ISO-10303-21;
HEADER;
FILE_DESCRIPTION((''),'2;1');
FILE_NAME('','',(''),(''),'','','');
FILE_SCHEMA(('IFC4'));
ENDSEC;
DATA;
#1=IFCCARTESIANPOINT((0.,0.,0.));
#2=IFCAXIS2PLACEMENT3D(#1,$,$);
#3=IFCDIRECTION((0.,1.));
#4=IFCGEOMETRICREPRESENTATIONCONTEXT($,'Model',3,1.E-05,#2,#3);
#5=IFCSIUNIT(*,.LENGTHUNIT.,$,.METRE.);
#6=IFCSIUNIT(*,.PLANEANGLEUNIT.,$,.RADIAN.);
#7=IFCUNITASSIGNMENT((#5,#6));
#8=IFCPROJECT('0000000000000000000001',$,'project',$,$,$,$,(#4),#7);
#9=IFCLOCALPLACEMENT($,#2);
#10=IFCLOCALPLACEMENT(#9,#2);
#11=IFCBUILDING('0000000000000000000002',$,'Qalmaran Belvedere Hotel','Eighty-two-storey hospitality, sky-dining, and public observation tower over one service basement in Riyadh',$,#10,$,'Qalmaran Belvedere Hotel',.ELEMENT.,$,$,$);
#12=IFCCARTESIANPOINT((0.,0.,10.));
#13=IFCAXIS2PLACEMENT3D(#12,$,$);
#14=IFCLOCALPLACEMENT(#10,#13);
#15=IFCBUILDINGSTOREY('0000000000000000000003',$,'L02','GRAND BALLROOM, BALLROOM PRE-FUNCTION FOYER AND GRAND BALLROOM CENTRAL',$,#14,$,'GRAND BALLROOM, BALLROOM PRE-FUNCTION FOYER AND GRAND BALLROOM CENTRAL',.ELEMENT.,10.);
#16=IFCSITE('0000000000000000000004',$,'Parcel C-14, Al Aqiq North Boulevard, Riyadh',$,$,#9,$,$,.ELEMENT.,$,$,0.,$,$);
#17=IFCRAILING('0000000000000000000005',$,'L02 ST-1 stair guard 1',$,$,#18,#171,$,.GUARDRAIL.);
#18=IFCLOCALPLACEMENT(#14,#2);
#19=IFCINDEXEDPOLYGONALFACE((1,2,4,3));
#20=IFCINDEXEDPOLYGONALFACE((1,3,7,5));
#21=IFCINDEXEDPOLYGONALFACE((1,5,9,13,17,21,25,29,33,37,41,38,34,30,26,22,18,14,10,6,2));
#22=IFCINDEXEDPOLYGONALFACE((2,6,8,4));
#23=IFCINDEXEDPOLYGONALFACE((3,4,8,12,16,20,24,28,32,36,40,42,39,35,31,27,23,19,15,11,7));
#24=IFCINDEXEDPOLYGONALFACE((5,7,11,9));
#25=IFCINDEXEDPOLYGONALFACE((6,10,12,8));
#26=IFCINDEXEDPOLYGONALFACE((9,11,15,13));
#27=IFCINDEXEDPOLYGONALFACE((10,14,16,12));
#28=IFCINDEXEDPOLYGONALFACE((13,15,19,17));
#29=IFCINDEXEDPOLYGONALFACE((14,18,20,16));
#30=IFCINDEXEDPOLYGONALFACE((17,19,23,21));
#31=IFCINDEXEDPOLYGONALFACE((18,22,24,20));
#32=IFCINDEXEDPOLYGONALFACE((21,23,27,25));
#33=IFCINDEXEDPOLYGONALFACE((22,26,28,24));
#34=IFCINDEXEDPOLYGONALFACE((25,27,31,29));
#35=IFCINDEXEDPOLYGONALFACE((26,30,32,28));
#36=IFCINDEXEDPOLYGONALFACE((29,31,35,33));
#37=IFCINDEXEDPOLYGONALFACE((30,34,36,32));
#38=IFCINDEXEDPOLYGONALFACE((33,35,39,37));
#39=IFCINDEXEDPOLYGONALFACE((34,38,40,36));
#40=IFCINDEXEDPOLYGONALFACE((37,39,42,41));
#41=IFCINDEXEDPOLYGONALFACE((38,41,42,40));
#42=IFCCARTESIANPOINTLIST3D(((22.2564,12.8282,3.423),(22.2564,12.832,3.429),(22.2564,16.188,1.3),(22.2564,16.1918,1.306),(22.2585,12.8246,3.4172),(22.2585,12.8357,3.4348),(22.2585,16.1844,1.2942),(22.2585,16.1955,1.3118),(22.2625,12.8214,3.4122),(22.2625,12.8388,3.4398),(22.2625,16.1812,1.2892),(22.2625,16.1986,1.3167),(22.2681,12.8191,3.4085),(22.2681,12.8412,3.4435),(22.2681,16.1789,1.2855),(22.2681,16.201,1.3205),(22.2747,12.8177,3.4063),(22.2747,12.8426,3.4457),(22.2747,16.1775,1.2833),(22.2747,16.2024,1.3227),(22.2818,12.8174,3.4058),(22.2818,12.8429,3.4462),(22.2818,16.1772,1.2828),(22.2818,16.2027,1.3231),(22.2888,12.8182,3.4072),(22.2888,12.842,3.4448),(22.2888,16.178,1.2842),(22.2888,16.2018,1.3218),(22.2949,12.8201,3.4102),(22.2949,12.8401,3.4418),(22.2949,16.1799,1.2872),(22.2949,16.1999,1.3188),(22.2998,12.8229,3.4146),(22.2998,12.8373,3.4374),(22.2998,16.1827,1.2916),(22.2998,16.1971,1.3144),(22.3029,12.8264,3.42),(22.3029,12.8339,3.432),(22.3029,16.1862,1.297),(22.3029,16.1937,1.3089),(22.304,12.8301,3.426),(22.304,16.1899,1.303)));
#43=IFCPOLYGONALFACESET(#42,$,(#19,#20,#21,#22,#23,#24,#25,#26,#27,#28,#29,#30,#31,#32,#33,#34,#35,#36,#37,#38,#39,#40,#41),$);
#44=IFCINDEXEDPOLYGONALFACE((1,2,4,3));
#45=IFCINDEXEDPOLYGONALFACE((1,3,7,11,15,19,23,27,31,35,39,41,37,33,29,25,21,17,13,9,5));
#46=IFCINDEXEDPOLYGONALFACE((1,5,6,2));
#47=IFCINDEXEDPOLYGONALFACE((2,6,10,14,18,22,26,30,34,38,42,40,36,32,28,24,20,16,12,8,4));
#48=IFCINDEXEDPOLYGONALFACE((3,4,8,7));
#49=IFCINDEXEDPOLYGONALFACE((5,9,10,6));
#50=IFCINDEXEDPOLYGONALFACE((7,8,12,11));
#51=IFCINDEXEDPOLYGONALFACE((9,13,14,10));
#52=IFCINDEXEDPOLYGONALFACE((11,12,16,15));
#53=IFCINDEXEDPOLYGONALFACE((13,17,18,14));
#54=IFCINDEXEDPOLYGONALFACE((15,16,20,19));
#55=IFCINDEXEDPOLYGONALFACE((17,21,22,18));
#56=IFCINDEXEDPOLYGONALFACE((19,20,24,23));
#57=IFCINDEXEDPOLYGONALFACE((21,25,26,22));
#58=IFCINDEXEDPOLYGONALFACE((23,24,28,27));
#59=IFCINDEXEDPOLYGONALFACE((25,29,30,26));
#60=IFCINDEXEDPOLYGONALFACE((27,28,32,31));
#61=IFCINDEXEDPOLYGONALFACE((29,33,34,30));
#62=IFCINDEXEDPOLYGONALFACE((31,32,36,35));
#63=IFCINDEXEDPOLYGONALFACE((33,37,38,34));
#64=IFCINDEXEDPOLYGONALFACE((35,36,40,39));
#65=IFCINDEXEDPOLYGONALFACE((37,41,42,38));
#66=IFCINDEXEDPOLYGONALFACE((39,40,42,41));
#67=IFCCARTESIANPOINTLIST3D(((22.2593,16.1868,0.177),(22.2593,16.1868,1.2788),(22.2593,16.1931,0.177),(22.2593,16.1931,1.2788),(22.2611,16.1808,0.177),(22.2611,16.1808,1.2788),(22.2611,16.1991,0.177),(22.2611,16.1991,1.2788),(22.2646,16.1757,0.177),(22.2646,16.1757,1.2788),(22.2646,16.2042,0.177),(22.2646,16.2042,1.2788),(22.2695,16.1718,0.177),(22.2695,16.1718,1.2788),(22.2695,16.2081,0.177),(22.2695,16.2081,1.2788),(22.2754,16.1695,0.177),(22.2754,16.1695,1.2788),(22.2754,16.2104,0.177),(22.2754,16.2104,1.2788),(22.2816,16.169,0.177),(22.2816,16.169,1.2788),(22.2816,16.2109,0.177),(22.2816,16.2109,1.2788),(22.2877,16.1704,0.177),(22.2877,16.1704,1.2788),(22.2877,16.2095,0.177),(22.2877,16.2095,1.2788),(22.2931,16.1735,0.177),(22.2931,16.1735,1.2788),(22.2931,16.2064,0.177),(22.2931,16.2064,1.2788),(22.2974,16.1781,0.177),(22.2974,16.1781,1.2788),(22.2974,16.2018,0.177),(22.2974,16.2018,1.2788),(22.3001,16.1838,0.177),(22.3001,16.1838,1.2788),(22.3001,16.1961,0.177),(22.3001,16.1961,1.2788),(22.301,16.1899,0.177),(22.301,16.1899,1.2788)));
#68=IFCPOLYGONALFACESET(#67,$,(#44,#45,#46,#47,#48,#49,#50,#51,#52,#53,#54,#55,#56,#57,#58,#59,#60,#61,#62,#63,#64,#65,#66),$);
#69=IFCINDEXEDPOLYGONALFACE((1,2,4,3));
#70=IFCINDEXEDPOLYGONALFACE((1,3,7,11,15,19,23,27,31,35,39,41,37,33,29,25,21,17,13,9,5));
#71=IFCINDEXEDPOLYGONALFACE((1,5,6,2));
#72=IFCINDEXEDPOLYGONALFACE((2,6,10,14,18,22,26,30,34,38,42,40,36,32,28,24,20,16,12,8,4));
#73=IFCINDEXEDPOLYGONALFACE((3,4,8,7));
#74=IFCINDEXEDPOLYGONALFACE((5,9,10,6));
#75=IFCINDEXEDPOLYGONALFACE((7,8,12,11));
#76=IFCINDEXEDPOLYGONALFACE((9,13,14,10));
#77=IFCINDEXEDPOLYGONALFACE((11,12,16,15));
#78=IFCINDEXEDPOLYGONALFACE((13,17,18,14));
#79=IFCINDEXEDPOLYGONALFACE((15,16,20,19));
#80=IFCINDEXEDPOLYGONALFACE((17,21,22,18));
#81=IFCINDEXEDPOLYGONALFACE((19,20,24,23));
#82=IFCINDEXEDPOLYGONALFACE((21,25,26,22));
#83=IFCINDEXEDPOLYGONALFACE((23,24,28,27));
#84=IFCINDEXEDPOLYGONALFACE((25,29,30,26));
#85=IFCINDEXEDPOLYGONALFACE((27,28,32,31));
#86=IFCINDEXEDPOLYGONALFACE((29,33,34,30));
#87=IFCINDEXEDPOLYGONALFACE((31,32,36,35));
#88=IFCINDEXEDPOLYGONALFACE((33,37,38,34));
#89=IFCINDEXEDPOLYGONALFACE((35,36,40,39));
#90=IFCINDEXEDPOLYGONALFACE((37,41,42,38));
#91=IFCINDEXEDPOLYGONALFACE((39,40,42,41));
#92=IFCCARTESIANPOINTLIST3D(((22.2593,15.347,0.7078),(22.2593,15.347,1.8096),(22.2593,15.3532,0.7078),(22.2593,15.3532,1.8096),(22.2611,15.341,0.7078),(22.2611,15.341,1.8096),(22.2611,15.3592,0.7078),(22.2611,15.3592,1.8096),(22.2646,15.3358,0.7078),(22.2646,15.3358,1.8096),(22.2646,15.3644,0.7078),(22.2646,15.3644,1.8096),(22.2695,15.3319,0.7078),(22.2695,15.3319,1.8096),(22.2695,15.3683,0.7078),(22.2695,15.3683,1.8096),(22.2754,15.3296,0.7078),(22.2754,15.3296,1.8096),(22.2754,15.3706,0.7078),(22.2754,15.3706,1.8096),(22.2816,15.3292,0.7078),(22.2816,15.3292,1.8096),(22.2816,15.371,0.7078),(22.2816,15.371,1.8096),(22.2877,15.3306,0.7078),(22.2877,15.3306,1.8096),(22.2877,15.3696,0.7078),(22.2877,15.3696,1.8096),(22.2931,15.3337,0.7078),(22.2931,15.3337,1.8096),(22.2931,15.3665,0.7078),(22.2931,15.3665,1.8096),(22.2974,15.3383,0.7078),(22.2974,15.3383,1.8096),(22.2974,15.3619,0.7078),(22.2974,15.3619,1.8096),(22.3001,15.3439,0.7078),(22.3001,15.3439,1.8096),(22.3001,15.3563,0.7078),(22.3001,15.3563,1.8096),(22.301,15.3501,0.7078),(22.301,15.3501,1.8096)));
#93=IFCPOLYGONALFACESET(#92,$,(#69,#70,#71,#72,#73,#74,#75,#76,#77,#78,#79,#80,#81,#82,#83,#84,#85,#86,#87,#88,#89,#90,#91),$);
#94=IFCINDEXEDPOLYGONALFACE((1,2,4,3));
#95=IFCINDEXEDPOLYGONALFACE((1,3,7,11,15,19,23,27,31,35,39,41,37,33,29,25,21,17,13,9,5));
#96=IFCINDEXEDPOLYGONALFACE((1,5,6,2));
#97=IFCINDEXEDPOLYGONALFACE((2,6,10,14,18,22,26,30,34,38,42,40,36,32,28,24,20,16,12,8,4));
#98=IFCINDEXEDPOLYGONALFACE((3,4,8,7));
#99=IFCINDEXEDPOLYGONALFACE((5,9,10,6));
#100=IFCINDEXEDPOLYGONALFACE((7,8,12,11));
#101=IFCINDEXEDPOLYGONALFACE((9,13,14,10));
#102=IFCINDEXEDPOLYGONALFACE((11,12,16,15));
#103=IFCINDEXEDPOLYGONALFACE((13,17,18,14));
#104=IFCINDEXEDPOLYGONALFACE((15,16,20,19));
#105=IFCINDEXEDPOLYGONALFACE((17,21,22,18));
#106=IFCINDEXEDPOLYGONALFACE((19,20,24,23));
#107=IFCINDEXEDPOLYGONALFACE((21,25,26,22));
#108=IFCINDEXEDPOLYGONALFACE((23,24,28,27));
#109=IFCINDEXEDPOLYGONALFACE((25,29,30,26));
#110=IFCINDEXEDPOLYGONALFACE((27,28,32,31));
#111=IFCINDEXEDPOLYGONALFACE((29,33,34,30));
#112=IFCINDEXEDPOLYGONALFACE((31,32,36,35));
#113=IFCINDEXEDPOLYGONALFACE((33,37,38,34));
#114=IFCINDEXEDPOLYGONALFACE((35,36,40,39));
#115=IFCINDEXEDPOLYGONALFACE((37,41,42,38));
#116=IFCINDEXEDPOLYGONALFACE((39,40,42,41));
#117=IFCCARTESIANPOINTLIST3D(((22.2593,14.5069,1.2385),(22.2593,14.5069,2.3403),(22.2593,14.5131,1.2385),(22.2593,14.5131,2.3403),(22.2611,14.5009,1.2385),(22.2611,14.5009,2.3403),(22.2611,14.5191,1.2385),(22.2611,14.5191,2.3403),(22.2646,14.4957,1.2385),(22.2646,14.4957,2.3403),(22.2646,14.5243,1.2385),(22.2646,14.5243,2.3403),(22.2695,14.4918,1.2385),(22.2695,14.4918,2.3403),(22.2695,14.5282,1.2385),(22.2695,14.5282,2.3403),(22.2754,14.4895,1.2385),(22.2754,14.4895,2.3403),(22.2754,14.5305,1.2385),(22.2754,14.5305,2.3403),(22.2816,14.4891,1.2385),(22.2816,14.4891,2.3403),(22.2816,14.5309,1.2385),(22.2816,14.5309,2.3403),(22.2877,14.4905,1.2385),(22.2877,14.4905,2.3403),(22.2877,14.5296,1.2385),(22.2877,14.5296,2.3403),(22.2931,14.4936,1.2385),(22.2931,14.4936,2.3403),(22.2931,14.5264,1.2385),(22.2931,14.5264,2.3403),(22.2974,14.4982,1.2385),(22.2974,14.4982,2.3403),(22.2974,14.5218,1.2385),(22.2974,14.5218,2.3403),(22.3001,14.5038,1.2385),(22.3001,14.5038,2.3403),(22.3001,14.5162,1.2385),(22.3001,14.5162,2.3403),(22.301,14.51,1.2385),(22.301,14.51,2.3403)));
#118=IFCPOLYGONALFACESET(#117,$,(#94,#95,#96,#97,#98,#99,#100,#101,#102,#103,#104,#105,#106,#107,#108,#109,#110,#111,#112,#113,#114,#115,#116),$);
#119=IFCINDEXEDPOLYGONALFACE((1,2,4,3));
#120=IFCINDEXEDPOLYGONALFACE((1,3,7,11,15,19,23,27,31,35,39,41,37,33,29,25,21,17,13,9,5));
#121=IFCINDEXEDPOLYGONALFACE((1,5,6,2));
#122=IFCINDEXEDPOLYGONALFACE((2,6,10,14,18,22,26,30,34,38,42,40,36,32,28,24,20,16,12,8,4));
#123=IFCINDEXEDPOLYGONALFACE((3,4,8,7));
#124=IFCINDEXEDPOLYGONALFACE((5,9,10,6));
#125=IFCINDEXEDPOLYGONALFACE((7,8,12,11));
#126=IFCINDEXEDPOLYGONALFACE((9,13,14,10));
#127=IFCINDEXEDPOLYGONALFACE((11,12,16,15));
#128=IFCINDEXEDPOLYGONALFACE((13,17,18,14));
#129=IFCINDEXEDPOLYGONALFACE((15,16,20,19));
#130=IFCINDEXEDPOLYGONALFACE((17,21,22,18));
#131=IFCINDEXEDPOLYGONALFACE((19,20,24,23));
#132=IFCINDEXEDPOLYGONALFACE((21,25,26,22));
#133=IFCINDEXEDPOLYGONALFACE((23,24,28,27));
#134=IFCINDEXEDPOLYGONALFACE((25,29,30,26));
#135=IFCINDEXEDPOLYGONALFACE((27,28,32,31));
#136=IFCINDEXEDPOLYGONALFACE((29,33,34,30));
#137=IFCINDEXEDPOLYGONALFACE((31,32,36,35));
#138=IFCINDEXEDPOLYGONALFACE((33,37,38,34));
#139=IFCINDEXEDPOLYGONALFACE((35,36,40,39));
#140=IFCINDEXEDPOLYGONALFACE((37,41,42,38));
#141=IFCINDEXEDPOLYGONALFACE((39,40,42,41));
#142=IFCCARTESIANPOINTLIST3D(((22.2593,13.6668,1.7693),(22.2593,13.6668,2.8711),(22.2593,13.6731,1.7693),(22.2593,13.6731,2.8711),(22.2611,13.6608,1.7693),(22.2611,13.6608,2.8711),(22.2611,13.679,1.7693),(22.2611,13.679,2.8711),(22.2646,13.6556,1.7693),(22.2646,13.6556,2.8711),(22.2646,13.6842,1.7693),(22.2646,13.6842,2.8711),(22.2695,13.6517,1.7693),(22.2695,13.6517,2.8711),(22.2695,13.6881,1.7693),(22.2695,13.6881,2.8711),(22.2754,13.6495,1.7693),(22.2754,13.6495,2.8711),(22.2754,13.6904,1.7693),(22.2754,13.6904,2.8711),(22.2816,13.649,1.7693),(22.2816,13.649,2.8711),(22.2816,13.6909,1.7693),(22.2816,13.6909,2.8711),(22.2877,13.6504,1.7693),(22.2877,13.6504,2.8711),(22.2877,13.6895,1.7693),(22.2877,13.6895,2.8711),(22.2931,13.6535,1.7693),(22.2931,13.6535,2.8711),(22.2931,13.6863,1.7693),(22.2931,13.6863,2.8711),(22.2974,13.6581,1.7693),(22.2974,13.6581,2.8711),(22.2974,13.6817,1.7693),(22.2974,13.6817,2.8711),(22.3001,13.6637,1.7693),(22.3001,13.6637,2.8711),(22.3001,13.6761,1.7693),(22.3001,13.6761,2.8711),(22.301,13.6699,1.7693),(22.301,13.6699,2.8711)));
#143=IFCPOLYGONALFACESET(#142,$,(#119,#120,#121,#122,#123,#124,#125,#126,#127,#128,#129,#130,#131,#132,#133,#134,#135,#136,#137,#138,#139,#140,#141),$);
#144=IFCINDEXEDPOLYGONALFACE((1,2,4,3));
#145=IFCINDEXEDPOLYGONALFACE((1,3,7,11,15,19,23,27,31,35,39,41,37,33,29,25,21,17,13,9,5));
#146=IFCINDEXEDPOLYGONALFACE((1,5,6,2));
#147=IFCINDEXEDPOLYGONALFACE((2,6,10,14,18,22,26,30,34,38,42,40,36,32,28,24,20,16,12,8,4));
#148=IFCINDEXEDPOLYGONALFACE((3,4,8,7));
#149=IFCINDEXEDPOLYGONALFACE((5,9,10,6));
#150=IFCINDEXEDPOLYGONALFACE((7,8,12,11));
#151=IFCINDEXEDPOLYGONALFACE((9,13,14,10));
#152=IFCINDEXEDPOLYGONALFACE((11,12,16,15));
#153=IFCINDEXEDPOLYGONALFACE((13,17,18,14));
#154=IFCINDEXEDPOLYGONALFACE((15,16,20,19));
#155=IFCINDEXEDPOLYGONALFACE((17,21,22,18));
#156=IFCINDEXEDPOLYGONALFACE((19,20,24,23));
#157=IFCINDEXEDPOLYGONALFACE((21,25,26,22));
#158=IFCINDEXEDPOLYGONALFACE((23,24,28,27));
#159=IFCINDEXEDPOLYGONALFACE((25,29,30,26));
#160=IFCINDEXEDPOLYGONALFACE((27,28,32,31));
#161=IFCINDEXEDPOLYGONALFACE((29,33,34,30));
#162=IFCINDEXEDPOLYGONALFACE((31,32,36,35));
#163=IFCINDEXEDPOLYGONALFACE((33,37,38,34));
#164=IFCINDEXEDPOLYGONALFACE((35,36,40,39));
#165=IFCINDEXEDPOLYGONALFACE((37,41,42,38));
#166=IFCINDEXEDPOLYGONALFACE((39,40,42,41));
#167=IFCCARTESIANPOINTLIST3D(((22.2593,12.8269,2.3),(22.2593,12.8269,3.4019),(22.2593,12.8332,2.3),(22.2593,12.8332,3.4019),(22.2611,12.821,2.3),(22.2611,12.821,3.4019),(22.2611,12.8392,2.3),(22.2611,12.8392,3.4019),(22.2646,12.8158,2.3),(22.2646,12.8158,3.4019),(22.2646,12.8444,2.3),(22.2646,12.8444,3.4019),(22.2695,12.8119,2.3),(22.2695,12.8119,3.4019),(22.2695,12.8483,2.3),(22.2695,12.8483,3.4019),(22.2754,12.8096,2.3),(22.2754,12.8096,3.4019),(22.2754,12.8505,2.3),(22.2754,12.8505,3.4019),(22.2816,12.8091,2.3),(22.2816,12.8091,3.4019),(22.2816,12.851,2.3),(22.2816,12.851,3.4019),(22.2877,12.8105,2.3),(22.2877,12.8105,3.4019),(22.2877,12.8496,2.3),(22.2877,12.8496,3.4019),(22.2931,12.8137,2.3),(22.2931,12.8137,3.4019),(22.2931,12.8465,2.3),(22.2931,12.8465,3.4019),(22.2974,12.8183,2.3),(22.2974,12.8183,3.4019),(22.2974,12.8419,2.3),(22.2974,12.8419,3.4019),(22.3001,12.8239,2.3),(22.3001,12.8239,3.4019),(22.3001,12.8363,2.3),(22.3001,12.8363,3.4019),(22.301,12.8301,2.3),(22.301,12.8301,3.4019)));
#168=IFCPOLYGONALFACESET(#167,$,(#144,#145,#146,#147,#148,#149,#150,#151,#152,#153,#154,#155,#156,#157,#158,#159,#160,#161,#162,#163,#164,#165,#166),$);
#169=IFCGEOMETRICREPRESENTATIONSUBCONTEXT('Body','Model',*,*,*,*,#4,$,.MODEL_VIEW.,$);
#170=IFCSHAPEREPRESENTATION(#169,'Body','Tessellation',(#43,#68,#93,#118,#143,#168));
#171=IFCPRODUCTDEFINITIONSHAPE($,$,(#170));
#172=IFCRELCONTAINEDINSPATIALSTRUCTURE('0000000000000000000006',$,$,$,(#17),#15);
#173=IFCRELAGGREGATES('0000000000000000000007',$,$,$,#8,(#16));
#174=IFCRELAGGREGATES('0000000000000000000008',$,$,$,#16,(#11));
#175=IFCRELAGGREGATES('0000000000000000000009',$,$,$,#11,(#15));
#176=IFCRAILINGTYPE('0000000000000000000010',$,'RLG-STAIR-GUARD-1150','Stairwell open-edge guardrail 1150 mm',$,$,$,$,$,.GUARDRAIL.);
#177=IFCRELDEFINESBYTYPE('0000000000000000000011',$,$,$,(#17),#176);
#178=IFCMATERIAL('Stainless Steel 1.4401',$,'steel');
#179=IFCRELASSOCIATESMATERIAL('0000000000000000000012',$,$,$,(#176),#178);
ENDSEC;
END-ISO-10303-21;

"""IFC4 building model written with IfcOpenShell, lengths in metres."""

from ifc_helpers import new_model, si_unit, direction, frame, origin, origin_2d, place, context, subcontext, project, spatial, circle, extrude, material, type_object, element, save


model = new_model("IFC4")

# Units and contexts
model_context = context("Model", 3, precision=1e-05, world=origin(), true_north=direction((0.0, 1.0)))
body_context = subcontext(model_context, "Body", "Model", "MODEL_VIEW")
ifc_project = project(units=[si_unit("LENGTHUNIT", "METRE"), si_unit("PLANEANGLEUNIT", "RADIAN")], contexts=[model_context])

# Site, building, storey
site_placement = place(None, origin())
site = spatial("IfcSite", under=ifc_project, at=site_placement, Name="Parcel C-14, Al Aqiq North Boulevard, Riyadh", CompositionType="ELEMENT", RefElevation=0.0)
building_placement = place(site_placement, origin())
building = spatial("IfcBuilding", under=site, at=building_placement, Name="Qalmaran Belvedere Hotel", Description="Eighty-two-storey hospitality, sky-dining, and public observation tower over one service basement in Riyadh", LongName="Qalmaran Belvedere Hotel", CompositionType="ELEMENT")
storey_placement = place(building_placement, frame((0.0, 0.0, 10.0)))
storey = spatial("IfcBuildingStorey", under=building, at=storey_placement, Name="L02", Description="GRAND BALLROOM, BALLROOM PRE-FUNCTION FOYER AND GRAND BALLROOM CENTRAL", LongName="GRAND BALLROOM, BALLROOM PRE-FUNCTION FOYER AND GRAND BALLROOM CENTRAL", CompositionType="ELEMENT", Elevation=10.0)

# Shared definitions
ifc_material_1 = material(Name="Stainless Steel 1.4401", Category="steel")

# Railing
railing_type_1 = type_object("IfcRailingType", Name="RLG-STAIR-GUARD-1150", Description="Stairwell open-edge guardrail 1150 mm", PredefinedType="GUARDRAIL", material=ifc_material_1)
railing_1_placement = place(storey_placement, frame((22.28, 16.1899, 0.177)))
element("IfcRailing", 1, at=railing_1_placement, inside=storey, type_object=railing_type_1, Name="L02 ST-1 stair guard 1", PredefinedType="GUARDRAIL", context=body_context, shape_type="SweptSolid", body=[
    extrude(circle(Radius=0.0239, at=origin_2d()), frame((0.0, 0.0, 1.126), z_axis=(0.0, -0.845372, 0.534178), x_axis=(1.0, 0.0, 0.0)), (0.0, 0.0, 1.0), 3.9744),
    extrude(circle(Radius=0.021, at=origin_2d()), origin(), (0.0, 0.0, 1.0), 1.1018),
    extrude(circle(Radius=0.021, at=origin_2d()), frame((0.0, -0.8398, 0.5308)), (0.0, 0.0, 1.0), 1.1018),
    extrude(circle(Radius=0.021, at=origin_2d()), frame((0.0, -1.6799, 1.0615)), (0.0, 0.0, 1.0), 1.1018),
    extrude(circle(Radius=0.021, at=origin_2d()), frame((0.0, -2.52, 1.5923)), (0.0, 0.0, 1.0), 1.1018),
    extrude(circle(Radius=0.021, at=origin_2d()), frame((0.0, -3.3599, 2.123)), (0.0, 0.0, 1.0), 1.1018),
])

save(model, "model.ifc")
